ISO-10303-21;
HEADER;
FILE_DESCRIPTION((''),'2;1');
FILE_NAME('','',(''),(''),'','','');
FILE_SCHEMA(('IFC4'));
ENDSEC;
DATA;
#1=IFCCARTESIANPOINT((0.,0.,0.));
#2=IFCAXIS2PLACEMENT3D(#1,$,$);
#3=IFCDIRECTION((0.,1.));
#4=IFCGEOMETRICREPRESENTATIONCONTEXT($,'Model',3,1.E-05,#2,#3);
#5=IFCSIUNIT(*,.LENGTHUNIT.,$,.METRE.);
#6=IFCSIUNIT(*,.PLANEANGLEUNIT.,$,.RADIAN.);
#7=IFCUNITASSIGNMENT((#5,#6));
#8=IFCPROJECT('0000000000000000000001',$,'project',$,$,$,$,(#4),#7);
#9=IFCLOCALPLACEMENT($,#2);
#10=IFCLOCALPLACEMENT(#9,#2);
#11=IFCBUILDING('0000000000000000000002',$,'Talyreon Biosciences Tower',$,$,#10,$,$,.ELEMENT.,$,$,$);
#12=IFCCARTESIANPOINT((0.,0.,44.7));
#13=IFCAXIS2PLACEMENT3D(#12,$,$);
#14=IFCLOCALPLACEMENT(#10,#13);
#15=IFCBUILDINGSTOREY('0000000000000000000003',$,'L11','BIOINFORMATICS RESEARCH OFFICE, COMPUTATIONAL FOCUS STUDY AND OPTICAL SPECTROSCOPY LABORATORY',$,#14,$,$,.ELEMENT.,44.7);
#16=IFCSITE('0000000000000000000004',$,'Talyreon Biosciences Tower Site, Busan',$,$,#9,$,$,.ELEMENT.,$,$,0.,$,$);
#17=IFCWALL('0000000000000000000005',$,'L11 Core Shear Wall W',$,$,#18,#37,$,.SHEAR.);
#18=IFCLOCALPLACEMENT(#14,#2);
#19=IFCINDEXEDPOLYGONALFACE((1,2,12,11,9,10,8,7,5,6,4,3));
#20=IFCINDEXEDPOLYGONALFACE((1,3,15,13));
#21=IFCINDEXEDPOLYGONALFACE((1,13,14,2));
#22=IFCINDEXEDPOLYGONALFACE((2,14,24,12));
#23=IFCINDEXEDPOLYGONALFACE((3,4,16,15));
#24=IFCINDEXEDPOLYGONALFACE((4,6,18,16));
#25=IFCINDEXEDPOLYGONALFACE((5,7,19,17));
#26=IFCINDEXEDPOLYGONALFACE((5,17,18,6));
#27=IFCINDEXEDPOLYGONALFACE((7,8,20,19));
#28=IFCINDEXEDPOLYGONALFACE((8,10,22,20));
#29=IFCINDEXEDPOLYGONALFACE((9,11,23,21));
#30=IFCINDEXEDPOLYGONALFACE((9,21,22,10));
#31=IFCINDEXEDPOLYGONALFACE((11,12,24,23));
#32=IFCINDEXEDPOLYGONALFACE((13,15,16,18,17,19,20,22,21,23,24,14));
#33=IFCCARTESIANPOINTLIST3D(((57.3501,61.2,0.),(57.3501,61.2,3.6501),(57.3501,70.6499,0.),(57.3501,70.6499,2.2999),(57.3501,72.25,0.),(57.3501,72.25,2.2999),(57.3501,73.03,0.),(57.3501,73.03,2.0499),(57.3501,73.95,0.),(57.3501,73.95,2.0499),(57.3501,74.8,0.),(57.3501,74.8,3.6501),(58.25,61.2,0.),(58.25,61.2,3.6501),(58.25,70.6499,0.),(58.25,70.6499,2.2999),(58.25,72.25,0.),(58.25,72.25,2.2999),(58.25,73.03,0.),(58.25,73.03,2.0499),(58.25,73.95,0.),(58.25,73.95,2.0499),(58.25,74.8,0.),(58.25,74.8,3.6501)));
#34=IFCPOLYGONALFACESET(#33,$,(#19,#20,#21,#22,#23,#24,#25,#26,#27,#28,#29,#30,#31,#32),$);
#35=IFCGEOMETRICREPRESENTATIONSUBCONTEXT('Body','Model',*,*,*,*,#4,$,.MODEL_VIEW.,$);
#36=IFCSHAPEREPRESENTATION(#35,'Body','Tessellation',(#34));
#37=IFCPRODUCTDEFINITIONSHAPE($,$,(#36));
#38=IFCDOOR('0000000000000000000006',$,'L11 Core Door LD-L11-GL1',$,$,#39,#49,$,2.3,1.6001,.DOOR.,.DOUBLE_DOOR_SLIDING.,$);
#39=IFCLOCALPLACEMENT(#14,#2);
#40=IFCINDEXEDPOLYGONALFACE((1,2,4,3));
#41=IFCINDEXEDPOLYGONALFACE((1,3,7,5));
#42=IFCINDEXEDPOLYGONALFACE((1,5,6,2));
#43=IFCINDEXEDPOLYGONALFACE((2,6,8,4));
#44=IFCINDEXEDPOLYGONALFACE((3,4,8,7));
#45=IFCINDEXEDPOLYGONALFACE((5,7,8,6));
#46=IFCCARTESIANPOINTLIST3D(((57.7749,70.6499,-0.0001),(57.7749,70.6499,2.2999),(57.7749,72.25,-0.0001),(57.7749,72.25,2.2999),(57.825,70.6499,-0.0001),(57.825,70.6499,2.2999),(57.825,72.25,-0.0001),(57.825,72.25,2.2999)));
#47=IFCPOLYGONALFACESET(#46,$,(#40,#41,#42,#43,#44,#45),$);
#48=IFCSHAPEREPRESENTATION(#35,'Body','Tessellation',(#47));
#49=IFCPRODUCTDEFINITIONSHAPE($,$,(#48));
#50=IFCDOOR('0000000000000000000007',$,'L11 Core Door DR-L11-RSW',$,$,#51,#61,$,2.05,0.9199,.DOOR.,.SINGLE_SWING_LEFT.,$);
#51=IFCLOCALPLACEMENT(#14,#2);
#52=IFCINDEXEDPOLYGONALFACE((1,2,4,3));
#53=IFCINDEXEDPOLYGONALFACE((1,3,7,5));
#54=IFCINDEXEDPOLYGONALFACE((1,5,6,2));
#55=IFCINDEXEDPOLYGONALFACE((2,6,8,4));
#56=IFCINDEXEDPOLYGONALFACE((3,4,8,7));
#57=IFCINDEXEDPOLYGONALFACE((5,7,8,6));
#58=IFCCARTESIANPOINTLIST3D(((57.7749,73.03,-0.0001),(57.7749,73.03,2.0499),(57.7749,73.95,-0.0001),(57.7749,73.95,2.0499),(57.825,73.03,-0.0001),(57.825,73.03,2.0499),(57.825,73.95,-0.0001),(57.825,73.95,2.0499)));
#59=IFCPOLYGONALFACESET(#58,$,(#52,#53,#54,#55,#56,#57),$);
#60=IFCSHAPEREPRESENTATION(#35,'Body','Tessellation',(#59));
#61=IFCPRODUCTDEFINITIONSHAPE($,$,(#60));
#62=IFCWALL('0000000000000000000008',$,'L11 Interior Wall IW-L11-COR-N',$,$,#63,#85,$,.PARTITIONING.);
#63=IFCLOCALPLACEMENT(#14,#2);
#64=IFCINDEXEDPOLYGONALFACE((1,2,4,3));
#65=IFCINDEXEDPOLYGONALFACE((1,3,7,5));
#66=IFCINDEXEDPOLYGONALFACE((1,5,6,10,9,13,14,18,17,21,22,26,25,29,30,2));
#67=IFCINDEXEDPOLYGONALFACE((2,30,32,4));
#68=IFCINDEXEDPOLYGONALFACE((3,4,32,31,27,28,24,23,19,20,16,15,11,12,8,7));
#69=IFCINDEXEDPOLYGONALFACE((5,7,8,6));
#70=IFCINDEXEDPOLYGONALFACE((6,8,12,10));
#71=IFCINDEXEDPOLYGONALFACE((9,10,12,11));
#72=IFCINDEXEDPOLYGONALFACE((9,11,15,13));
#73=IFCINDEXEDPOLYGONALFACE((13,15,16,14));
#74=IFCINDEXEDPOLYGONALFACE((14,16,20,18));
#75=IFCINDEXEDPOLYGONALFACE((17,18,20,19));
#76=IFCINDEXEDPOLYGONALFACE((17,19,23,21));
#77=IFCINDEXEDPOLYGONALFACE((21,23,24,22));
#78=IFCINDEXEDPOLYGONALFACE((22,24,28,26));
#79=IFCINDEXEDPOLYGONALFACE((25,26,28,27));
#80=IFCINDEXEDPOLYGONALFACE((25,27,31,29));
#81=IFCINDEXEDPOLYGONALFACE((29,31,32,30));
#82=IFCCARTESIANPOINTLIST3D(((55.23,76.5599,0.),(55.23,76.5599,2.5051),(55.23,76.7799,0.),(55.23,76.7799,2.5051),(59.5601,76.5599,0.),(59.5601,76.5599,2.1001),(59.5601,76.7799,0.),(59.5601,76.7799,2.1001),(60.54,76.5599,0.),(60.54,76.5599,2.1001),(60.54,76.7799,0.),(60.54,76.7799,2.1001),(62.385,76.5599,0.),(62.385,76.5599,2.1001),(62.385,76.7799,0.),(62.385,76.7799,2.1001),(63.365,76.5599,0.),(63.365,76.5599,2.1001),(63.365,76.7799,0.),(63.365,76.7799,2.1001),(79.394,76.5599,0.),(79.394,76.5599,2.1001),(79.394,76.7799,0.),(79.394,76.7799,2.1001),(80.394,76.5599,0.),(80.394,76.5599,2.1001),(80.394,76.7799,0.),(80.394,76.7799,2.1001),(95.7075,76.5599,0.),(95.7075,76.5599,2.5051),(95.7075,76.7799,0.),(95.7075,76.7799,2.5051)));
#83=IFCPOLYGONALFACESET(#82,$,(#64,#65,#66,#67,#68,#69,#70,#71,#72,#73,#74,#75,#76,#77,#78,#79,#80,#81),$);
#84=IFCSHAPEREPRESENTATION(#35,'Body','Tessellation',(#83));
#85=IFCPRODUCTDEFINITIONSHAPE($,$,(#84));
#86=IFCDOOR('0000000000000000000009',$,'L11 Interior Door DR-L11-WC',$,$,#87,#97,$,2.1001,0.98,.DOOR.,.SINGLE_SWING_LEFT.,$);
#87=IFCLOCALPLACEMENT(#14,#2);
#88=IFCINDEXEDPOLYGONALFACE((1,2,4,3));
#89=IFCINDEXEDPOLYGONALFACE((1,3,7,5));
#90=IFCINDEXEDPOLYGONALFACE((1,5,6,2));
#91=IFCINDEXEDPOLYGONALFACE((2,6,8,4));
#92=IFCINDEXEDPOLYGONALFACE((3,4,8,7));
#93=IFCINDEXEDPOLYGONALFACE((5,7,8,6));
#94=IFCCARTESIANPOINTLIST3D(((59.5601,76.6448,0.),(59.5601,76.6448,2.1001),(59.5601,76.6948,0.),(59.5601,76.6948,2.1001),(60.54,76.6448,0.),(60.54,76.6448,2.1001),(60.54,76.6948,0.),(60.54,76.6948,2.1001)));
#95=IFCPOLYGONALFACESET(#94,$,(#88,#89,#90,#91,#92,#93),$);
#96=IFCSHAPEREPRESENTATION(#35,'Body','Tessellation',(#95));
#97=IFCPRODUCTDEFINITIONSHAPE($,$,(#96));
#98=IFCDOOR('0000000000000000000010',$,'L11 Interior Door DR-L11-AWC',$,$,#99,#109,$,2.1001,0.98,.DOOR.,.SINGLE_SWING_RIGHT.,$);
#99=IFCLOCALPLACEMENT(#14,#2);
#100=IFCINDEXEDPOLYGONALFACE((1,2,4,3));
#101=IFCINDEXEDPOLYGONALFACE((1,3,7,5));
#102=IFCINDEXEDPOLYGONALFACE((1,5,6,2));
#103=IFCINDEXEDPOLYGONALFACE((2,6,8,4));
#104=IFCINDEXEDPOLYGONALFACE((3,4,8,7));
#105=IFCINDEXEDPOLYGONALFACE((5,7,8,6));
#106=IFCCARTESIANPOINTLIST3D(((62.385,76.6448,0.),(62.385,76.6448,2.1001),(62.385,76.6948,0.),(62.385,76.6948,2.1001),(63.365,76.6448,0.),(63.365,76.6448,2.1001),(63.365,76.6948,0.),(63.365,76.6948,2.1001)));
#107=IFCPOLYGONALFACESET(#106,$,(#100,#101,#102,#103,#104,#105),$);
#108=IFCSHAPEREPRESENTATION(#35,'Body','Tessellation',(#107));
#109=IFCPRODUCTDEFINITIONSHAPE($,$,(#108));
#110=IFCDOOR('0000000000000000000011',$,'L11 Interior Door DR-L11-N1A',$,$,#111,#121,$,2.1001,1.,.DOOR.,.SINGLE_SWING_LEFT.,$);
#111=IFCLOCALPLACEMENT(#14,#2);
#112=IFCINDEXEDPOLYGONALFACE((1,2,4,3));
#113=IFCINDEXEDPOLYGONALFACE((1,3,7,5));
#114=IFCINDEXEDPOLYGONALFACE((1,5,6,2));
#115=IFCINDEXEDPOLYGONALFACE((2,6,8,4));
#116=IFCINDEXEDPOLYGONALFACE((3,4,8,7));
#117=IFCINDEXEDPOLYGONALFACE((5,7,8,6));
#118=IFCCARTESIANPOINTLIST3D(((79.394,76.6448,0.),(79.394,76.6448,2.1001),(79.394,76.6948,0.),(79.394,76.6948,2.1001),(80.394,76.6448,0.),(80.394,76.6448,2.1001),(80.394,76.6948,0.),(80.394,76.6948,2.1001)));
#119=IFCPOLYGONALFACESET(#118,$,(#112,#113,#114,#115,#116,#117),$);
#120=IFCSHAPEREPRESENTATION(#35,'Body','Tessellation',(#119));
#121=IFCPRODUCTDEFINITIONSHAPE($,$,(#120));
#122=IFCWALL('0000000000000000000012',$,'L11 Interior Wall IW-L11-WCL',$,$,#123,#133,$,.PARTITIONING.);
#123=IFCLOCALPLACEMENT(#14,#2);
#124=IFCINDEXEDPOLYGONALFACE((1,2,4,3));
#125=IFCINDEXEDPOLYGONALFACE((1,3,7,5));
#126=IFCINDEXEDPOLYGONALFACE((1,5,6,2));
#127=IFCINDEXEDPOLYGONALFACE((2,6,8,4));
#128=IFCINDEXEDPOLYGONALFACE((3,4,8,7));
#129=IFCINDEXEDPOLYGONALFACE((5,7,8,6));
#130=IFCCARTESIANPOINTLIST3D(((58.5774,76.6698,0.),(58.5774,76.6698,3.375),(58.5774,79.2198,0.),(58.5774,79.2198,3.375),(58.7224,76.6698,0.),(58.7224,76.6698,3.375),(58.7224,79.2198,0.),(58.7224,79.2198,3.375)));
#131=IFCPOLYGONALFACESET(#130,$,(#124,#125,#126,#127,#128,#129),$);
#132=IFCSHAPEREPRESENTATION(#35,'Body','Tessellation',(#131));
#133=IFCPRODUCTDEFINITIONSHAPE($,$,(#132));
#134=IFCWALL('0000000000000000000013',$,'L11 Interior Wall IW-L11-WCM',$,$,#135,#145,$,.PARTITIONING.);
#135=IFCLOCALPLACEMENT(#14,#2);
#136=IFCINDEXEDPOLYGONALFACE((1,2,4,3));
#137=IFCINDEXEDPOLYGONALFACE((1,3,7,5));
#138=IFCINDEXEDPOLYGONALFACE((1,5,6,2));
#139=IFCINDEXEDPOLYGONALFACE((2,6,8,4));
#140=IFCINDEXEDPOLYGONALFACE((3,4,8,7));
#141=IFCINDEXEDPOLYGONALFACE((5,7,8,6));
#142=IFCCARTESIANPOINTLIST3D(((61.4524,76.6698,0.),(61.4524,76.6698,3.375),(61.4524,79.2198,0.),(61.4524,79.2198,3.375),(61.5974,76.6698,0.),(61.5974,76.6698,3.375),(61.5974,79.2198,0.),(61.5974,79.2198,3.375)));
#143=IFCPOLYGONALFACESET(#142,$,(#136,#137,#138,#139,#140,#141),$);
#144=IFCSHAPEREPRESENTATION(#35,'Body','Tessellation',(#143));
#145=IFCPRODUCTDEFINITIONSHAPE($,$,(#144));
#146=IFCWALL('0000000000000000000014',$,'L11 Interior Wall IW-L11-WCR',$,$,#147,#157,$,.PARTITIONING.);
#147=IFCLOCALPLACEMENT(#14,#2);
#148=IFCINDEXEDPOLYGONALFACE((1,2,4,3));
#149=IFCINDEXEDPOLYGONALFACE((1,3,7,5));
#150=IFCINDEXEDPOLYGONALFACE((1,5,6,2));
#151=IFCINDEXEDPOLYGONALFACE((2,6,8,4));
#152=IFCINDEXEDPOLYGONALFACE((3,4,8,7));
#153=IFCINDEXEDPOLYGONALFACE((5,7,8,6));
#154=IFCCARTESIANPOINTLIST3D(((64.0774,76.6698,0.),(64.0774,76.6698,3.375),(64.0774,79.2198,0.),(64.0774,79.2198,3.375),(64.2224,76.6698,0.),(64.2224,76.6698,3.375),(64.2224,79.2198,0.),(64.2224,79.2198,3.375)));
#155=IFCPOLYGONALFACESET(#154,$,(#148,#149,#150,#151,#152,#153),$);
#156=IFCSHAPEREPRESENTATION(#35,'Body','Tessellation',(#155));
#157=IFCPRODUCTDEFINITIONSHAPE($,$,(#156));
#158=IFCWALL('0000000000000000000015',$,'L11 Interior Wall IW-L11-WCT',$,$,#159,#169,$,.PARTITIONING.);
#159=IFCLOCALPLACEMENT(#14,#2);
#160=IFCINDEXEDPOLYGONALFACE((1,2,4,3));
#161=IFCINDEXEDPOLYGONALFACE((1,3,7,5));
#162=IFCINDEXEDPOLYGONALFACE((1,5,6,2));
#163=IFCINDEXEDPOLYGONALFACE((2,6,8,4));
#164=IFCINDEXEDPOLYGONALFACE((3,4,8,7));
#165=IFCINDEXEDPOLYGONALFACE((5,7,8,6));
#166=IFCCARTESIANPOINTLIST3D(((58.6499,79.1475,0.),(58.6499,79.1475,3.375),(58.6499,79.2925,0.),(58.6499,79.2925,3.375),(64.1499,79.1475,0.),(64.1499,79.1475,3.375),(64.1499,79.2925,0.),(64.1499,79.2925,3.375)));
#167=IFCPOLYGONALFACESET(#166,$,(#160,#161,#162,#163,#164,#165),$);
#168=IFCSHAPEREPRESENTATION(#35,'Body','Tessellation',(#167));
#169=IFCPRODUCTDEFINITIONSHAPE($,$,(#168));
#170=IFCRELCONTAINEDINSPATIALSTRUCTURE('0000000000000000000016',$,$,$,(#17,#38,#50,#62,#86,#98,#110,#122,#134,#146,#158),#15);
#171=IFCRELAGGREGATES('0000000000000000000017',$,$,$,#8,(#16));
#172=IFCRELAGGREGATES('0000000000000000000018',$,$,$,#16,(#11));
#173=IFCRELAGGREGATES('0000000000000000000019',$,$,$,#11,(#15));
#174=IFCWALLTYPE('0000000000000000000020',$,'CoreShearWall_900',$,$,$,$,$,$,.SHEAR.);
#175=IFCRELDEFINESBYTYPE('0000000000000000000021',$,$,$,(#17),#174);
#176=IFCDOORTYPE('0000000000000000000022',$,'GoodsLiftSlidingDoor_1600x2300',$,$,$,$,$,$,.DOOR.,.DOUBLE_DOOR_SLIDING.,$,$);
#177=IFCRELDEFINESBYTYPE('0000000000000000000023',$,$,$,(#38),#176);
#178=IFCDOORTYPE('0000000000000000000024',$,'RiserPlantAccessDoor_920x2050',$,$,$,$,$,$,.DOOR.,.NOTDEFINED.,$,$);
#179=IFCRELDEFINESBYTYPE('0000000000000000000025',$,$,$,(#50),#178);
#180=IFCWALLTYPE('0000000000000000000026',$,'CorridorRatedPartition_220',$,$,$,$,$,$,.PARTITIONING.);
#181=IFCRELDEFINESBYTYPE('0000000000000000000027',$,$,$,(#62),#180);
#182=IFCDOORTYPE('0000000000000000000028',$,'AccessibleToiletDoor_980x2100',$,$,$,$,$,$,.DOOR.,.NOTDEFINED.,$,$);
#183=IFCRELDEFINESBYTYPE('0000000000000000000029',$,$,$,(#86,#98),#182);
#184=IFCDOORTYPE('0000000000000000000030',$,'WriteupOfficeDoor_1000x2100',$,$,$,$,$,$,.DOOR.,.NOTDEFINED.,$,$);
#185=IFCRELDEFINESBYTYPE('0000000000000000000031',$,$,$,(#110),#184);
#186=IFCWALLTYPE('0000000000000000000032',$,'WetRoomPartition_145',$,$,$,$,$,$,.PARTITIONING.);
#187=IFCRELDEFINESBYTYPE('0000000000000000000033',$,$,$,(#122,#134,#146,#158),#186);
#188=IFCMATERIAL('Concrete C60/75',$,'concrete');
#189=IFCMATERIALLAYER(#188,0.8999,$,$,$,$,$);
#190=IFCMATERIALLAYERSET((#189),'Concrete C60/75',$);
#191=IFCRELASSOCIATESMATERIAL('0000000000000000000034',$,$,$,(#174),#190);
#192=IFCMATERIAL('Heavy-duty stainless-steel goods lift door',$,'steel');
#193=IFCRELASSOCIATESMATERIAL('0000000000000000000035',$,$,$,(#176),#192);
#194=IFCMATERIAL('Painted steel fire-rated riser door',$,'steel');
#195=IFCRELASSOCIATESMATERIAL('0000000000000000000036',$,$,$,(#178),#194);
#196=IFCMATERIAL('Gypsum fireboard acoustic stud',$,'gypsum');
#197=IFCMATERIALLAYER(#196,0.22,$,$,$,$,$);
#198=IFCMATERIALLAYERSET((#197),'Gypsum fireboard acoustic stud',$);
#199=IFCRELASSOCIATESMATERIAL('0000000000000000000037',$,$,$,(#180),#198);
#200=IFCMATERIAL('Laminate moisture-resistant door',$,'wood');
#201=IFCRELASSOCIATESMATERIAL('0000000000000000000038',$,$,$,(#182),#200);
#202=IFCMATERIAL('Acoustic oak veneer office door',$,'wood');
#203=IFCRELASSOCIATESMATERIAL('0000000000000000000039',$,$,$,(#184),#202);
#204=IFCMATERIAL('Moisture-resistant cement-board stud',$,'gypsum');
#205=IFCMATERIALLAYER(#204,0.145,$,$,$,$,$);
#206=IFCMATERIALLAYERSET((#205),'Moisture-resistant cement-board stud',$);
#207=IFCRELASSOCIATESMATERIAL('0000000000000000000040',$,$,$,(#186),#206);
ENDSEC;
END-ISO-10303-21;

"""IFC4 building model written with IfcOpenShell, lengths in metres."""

from ifc_helpers import new_model, si_unit, direction, frame, frame_2d, origin, place, context, subcontext, project, spatial, rectangle, extrude, material, layer, layer_set, type_object, element, fill, save


model = new_model("IFC4")

# Units and contexts
model_context = context("Model", 3, precision=1e-05, world=origin(), true_north=direction((0.0, 1.0)))
body_context = subcontext(model_context, "Body", "Model", "MODEL_VIEW")
ifc_project = project(units=[si_unit("LENGTHUNIT", "METRE"), si_unit("PLANEANGLEUNIT", "RADIAN")], contexts=[model_context])

# Site, building, storey
site_placement = place(None, origin())
site = spatial("IfcSite", under=ifc_project, at=site_placement, Name="Talyreon Biosciences Tower Site, Busan", CompositionType="ELEMENT", RefElevation=0.0)
building_placement = place(site_placement, origin())
building = spatial("IfcBuilding", under=site, at=building_placement, Name="Talyreon Biosciences Tower", CompositionType="ELEMENT")
storey_placement = place(building_placement, frame((0.0, 0.0, 44.7)))
storey = spatial("IfcBuildingStorey", under=building, at=storey_placement, Name="L11", Description="BIOINFORMATICS RESEARCH OFFICE, COMPUTATIONAL FOCUS STUDY AND OPTICAL SPECTROSCOPY LABORATORY", CompositionType="ELEMENT", Elevation=44.7)

# Shared definitions
ifc_material_1 = material(Name="Concrete C60/75", Category="concrete")

# Shared definitions
ifc_layer_1 = layer(ifc_material_1, 0.8999)
ifc_layer_set_1 = layer_set([ifc_layer_1], Name="Concrete C60/75")
wall_type_1 = type_object("IfcWallType", Name="CoreShearWall_900", PredefinedType="SHEAR", material=ifc_layer_set_1)

# Walls, openings, doors
wall_1_placement = place(storey_placement, frame((57.8, 74.8, 0.0), z_axis=(0.0, 0.0, 1.0), x_axis=(0.0, -1.0, 0.0)))
wall_1 = element("IfcWall", 1, at=wall_1_placement, inside=storey, type_object=wall_type_1, Name="L11 Core Shear Wall W", PredefinedType="SHEAR", context=body_context, shape_type="SweptSolid", body=[
    extrude(rectangle(XDim=13.6001, YDim=0.8999, at=frame_2d((6.8, 0.0))), origin(), (0.0, 0.0, 1.0), 3.6501),
])
opening_1_placement = place(wall_1_placement, frame((0.8501, 0.0, 0.0)))
opening_1 = element("IfcOpeningElement", 2, at=opening_1_placement, cuts=wall_1, PredefinedType="OPENING", context=body_context, shape_type="SweptSolid", body=[
    extrude(rectangle(XDim=0.9199, YDim=2.05, at=frame_2d((0.46, 1.0249))), frame((0.0, 0.46, 0.0), z_axis=(0.0, -1.0, 0.0), x_axis=(1.0, 0.0, 0.0)), (0.0, 0.0, 1.0), 0.9199),
])
opening_2_placement = place(wall_1_placement, frame((2.55, 0.0, 0.0)))
opening_2 = element("IfcOpeningElement", 3, at=opening_2_placement, cuts=wall_1, PredefinedType="OPENING", context=body_context, shape_type="SweptSolid", body=[
    extrude(rectangle(XDim=1.6001, YDim=2.3, at=frame_2d((0.8, 1.1499))), frame((0.0, 0.46, 0.0), z_axis=(0.0, -1.0, 0.0), x_axis=(1.0, 0.0, 0.0)), (0.0, 0.0, 1.0), 0.9199),
])
ifc_material_2 = material(Name="Heavy-duty stainless-steel goods lift door", Category="steel")
door_type_1 = type_object("IfcDoorType", Name="GoodsLiftSlidingDoor_1600x2300", OperationType="DOUBLE_DOOR_SLIDING", PredefinedType="DOOR", material=ifc_material_2)
door_1_placement = place(opening_2_placement, origin())
door_1 = element("IfcDoor", 4, at=door_1_placement, inside=storey, type_object=door_type_1, Name="L11 Core Door LD-L11-GL1", OperationType="DOUBLE_DOOR_SLIDING", OverallHeight=2.3, OverallWidth=1.6001, PredefinedType="DOOR", context=body_context, shape_type="SweptSolid", body=[
    extrude(rectangle(XDim=1.6001, YDim=2.3, at=frame_2d((0.8, 1.1499))), frame((0.0, 0.0249, 0.0), z_axis=(0.0, -1.0, 0.0), x_axis=(1.0, 0.0, 0.0)), (0.0, 0.0, 1.0), 0.05),
])
fill(opening_2, door_1)
ifc_material_3 = material(Name="Painted steel fire-rated riser door", Category="steel")
door_type_2 = type_object("IfcDoorType", Name="RiserPlantAccessDoor_920x2050", OperationType="NOTDEFINED", PredefinedType="DOOR", material=ifc_material_3)
door_2_placement = place(opening_1_placement, origin())
door_2 = element("IfcDoor", 5, at=door_2_placement, inside=storey, type_object=door_type_2, Name="L11 Core Door DR-L11-RSW", OperationType="SINGLE_SWING_LEFT", OverallHeight=2.05, OverallWidth=0.9199, PredefinedType="DOOR", context=body_context, shape_type="SweptSolid", body=[
    extrude(rectangle(XDim=0.9199, YDim=2.05, at=frame_2d((0.46, 1.0249))), frame((0.0, 0.0249, 0.0), z_axis=(0.0, -1.0, 0.0), x_axis=(1.0, 0.0, 0.0)), (0.0, 0.0, 1.0), 0.05),
])
fill(opening_1, door_2)
ifc_material_4 = material(Name="Gypsum fireboard acoustic stud", Category="gypsum")
ifc_layer_2 = layer(ifc_material_4, 0.22)
ifc_layer_set_2 = layer_set([ifc_layer_2], Name="Gypsum fireboard acoustic stud")
wall_type_2 = type_object("IfcWallType", Name="CorridorRatedPartition_220", PredefinedType="PARTITIONING", material=ifc_layer_set_2)
wall_2_placement = place(storey_placement, frame((55.23, 76.6699, 0.0), z_axis=(0.0, 0.0, 1.0), x_axis=(1.0, 0.0, 0.0)))
wall_2 = element("IfcWall", 6, at=wall_2_placement, inside=storey, type_object=wall_type_2, Name="L11 Interior Wall IW-L11-COR-N", PredefinedType="PARTITIONING", context=body_context, shape_type="SweptSolid", body=[
    extrude(rectangle(XDim=40.4775, YDim=0.22, at=frame_2d((20.2388, 0.0))), origin(), (0.0, 0.0, 1.0), 2.5051),
])
opening_3_placement = place(wall_2_placement, frame((4.3301, 0.0, 0.0)))
opening_3 = element("IfcOpeningElement", 7, at=opening_3_placement, cuts=wall_2, PredefinedType="OPENING", context=body_context, shape_type="SweptSolid", body=[
    extrude(rectangle(XDim=0.98, YDim=2.1001, at=frame_2d((0.49, 1.05))), frame((0.0, 0.1199, 0.0), z_axis=(0.0, -1.0, 0.0), x_axis=(1.0, 0.0, 0.0)), (0.0, 0.0, 1.0), 0.24),
])
opening_4_placement = place(wall_2_placement, frame((7.155, 0.0, 0.0)))
opening_4 = element("IfcOpeningElement", 8, at=opening_4_placement, cuts=wall_2, PredefinedType="OPENING", context=body_context, shape_type="SweptSolid", body=[
    extrude(rectangle(XDim=0.98, YDim=2.1001, at=frame_2d((0.49, 1.05))), frame((0.0, 0.1199, 0.0), z_axis=(0.0, -1.0, 0.0), x_axis=(1.0, 0.0, 0.0)), (0.0, 0.0, 1.0), 0.24),
])
opening_5_placement = place(wall_2_placement, frame((24.1641, 0.0, 0.0)))
opening_5 = element("IfcOpeningElement", 9, at=opening_5_placement, cuts=wall_2, PredefinedType="OPENING", context=body_context, shape_type="SweptSolid", body=[
    extrude(rectangle(XDim=1.0, YDim=2.1001, at=frame_2d((0.5, 1.05))), frame((0.0, 0.1199, 0.0), z_axis=(0.0, -1.0, 0.0), x_axis=(1.0, 0.0, 0.0)), (0.0, 0.0, 1.0), 0.24),
])
ifc_material_5 = material(Name="Laminate moisture-resistant door", Category="wood")
door_type_3 = type_object("IfcDoorType", Name="AccessibleToiletDoor_980x2100", OperationType="NOTDEFINED", PredefinedType="DOOR", material=ifc_material_5)
door_3_placement = place(opening_3_placement, origin())
door_3 = element("IfcDoor", 10, at=door_3_placement, inside=storey, type_object=door_type_3, Name="L11 Interior Door DR-L11-WC", OperationType="SINGLE_SWING_LEFT", OverallHeight=2.1001, OverallWidth=0.98, PredefinedType="DOOR", context=body_context, shape_type="SweptSolid", body=[
    extrude(rectangle(XDim=0.98, YDim=2.1001, at=frame_2d((0.49, 1.05))), frame((0.0, 0.0249, 0.0), z_axis=(0.0, -1.0, 0.0), x_axis=(1.0, 0.0, 0.0)), (0.0, 0.0, 1.0), 0.05),
])
fill(opening_3, door_3)
door_4_placement = place(opening_4_placement, origin())
door_4 = element("IfcDoor", 11, at=door_4_placement, inside=storey, type_object=door_type_3, Name="L11 Interior Door DR-L11-AWC", OperationType="SINGLE_SWING_RIGHT", OverallHeight=2.1001, OverallWidth=0.98, PredefinedType="DOOR", context=body_context, shape_type="SweptSolid", body=[
    extrude(rectangle(XDim=0.98, YDim=2.1001, at=frame_2d((0.49, 1.05))), frame((0.0, 0.0249, 0.0), z_axis=(0.0, -1.0, 0.0), x_axis=(1.0, 0.0, 0.0)), (0.0, 0.0, 1.0), 0.05),
])
fill(opening_4, door_4)
ifc_material_6 = material(Name="Acoustic oak veneer office door", Category="wood")
door_type_4 = type_object("IfcDoorType", Name="WriteupOfficeDoor_1000x2100", OperationType="NOTDEFINED", PredefinedType="DOOR", material=ifc_material_6)
door_5_placement = place(opening_5_placement, origin())
door_5 = element("IfcDoor", 12, at=door_5_placement, inside=storey, type_object=door_type_4, Name="L11 Interior Door DR-L11-N1A", OperationType="SINGLE_SWING_LEFT", OverallHeight=2.1001, OverallWidth=1.0, PredefinedType="DOOR", context=body_context, shape_type="SweptSolid", body=[
    extrude(rectangle(XDim=1.0, YDim=2.1001, at=frame_2d((0.5, 1.05))), frame((0.0, 0.0249, 0.0), z_axis=(0.0, -1.0, 0.0), x_axis=(1.0, 0.0, 0.0)), (0.0, 0.0, 1.0), 0.05),
])
fill(opening_5, door_5)

# Walls
ifc_material_7 = material(Name="Moisture-resistant cement-board stud", Category="gypsum")
ifc_layer_3 = layer(ifc_material_7, 0.145)
ifc_layer_set_3 = layer_set([ifc_layer_3], Name="Moisture-resistant cement-board stud")
wall_type_3 = type_object("IfcWallType", Name="WetRoomPartition_145", PredefinedType="PARTITIONING", material=ifc_layer_set_3)
for number, where, z_axis, x_axis, name in (
    (13, (58.6499, 76.6699, 0.0), (0.0, 0.0, 1.0), (0.0, 1.0, 0.0), "L11 Interior Wall IW-L11-WCL"),
    (14, (61.5249, 76.6699, 0.0), (0.0, 0.0, 1.0), (0.0, 1.0, 0.0), "L11 Interior Wall IW-L11-WCM"),
    (15, (64.1499, 76.6699, 0.0), (0.0, 0.0, 1.0), (0.0, 1.0, 0.0), "L11 Interior Wall IW-L11-WCR"),
):
    element("IfcWall", number, at=place(storey_placement, frame(where, z_axis=z_axis, x_axis=x_axis)), inside=storey, type_object=wall_type_3, Name=name, PredefinedType="PARTITIONING", context=body_context, shape_type="SweptSolid", body=[
        extrude(rectangle(XDim=2.55, YDim=0.145, at=frame_2d((1.2749, 0.0))), origin(), (0.0, 0.0, 1.0), 3.375),
    ])
wall_3_placement = place(storey_placement, frame((58.6499, 79.22, 0.0), z_axis=(0.0, 0.0, 1.0), x_axis=(1.0, 0.0, 0.0)))
element("IfcWall", 16, at=wall_3_placement, inside=storey, type_object=wall_type_3, Name="L11 Interior Wall IW-L11-WCT", PredefinedType="PARTITIONING", context=body_context, shape_type="SweptSolid", body=[
    extrude(rectangle(XDim=5.5, YDim=0.145, at=frame_2d((2.75, 0.0))), origin(), (0.0, 0.0, 1.0), 3.375),
])

save(model, "model.ifc")
